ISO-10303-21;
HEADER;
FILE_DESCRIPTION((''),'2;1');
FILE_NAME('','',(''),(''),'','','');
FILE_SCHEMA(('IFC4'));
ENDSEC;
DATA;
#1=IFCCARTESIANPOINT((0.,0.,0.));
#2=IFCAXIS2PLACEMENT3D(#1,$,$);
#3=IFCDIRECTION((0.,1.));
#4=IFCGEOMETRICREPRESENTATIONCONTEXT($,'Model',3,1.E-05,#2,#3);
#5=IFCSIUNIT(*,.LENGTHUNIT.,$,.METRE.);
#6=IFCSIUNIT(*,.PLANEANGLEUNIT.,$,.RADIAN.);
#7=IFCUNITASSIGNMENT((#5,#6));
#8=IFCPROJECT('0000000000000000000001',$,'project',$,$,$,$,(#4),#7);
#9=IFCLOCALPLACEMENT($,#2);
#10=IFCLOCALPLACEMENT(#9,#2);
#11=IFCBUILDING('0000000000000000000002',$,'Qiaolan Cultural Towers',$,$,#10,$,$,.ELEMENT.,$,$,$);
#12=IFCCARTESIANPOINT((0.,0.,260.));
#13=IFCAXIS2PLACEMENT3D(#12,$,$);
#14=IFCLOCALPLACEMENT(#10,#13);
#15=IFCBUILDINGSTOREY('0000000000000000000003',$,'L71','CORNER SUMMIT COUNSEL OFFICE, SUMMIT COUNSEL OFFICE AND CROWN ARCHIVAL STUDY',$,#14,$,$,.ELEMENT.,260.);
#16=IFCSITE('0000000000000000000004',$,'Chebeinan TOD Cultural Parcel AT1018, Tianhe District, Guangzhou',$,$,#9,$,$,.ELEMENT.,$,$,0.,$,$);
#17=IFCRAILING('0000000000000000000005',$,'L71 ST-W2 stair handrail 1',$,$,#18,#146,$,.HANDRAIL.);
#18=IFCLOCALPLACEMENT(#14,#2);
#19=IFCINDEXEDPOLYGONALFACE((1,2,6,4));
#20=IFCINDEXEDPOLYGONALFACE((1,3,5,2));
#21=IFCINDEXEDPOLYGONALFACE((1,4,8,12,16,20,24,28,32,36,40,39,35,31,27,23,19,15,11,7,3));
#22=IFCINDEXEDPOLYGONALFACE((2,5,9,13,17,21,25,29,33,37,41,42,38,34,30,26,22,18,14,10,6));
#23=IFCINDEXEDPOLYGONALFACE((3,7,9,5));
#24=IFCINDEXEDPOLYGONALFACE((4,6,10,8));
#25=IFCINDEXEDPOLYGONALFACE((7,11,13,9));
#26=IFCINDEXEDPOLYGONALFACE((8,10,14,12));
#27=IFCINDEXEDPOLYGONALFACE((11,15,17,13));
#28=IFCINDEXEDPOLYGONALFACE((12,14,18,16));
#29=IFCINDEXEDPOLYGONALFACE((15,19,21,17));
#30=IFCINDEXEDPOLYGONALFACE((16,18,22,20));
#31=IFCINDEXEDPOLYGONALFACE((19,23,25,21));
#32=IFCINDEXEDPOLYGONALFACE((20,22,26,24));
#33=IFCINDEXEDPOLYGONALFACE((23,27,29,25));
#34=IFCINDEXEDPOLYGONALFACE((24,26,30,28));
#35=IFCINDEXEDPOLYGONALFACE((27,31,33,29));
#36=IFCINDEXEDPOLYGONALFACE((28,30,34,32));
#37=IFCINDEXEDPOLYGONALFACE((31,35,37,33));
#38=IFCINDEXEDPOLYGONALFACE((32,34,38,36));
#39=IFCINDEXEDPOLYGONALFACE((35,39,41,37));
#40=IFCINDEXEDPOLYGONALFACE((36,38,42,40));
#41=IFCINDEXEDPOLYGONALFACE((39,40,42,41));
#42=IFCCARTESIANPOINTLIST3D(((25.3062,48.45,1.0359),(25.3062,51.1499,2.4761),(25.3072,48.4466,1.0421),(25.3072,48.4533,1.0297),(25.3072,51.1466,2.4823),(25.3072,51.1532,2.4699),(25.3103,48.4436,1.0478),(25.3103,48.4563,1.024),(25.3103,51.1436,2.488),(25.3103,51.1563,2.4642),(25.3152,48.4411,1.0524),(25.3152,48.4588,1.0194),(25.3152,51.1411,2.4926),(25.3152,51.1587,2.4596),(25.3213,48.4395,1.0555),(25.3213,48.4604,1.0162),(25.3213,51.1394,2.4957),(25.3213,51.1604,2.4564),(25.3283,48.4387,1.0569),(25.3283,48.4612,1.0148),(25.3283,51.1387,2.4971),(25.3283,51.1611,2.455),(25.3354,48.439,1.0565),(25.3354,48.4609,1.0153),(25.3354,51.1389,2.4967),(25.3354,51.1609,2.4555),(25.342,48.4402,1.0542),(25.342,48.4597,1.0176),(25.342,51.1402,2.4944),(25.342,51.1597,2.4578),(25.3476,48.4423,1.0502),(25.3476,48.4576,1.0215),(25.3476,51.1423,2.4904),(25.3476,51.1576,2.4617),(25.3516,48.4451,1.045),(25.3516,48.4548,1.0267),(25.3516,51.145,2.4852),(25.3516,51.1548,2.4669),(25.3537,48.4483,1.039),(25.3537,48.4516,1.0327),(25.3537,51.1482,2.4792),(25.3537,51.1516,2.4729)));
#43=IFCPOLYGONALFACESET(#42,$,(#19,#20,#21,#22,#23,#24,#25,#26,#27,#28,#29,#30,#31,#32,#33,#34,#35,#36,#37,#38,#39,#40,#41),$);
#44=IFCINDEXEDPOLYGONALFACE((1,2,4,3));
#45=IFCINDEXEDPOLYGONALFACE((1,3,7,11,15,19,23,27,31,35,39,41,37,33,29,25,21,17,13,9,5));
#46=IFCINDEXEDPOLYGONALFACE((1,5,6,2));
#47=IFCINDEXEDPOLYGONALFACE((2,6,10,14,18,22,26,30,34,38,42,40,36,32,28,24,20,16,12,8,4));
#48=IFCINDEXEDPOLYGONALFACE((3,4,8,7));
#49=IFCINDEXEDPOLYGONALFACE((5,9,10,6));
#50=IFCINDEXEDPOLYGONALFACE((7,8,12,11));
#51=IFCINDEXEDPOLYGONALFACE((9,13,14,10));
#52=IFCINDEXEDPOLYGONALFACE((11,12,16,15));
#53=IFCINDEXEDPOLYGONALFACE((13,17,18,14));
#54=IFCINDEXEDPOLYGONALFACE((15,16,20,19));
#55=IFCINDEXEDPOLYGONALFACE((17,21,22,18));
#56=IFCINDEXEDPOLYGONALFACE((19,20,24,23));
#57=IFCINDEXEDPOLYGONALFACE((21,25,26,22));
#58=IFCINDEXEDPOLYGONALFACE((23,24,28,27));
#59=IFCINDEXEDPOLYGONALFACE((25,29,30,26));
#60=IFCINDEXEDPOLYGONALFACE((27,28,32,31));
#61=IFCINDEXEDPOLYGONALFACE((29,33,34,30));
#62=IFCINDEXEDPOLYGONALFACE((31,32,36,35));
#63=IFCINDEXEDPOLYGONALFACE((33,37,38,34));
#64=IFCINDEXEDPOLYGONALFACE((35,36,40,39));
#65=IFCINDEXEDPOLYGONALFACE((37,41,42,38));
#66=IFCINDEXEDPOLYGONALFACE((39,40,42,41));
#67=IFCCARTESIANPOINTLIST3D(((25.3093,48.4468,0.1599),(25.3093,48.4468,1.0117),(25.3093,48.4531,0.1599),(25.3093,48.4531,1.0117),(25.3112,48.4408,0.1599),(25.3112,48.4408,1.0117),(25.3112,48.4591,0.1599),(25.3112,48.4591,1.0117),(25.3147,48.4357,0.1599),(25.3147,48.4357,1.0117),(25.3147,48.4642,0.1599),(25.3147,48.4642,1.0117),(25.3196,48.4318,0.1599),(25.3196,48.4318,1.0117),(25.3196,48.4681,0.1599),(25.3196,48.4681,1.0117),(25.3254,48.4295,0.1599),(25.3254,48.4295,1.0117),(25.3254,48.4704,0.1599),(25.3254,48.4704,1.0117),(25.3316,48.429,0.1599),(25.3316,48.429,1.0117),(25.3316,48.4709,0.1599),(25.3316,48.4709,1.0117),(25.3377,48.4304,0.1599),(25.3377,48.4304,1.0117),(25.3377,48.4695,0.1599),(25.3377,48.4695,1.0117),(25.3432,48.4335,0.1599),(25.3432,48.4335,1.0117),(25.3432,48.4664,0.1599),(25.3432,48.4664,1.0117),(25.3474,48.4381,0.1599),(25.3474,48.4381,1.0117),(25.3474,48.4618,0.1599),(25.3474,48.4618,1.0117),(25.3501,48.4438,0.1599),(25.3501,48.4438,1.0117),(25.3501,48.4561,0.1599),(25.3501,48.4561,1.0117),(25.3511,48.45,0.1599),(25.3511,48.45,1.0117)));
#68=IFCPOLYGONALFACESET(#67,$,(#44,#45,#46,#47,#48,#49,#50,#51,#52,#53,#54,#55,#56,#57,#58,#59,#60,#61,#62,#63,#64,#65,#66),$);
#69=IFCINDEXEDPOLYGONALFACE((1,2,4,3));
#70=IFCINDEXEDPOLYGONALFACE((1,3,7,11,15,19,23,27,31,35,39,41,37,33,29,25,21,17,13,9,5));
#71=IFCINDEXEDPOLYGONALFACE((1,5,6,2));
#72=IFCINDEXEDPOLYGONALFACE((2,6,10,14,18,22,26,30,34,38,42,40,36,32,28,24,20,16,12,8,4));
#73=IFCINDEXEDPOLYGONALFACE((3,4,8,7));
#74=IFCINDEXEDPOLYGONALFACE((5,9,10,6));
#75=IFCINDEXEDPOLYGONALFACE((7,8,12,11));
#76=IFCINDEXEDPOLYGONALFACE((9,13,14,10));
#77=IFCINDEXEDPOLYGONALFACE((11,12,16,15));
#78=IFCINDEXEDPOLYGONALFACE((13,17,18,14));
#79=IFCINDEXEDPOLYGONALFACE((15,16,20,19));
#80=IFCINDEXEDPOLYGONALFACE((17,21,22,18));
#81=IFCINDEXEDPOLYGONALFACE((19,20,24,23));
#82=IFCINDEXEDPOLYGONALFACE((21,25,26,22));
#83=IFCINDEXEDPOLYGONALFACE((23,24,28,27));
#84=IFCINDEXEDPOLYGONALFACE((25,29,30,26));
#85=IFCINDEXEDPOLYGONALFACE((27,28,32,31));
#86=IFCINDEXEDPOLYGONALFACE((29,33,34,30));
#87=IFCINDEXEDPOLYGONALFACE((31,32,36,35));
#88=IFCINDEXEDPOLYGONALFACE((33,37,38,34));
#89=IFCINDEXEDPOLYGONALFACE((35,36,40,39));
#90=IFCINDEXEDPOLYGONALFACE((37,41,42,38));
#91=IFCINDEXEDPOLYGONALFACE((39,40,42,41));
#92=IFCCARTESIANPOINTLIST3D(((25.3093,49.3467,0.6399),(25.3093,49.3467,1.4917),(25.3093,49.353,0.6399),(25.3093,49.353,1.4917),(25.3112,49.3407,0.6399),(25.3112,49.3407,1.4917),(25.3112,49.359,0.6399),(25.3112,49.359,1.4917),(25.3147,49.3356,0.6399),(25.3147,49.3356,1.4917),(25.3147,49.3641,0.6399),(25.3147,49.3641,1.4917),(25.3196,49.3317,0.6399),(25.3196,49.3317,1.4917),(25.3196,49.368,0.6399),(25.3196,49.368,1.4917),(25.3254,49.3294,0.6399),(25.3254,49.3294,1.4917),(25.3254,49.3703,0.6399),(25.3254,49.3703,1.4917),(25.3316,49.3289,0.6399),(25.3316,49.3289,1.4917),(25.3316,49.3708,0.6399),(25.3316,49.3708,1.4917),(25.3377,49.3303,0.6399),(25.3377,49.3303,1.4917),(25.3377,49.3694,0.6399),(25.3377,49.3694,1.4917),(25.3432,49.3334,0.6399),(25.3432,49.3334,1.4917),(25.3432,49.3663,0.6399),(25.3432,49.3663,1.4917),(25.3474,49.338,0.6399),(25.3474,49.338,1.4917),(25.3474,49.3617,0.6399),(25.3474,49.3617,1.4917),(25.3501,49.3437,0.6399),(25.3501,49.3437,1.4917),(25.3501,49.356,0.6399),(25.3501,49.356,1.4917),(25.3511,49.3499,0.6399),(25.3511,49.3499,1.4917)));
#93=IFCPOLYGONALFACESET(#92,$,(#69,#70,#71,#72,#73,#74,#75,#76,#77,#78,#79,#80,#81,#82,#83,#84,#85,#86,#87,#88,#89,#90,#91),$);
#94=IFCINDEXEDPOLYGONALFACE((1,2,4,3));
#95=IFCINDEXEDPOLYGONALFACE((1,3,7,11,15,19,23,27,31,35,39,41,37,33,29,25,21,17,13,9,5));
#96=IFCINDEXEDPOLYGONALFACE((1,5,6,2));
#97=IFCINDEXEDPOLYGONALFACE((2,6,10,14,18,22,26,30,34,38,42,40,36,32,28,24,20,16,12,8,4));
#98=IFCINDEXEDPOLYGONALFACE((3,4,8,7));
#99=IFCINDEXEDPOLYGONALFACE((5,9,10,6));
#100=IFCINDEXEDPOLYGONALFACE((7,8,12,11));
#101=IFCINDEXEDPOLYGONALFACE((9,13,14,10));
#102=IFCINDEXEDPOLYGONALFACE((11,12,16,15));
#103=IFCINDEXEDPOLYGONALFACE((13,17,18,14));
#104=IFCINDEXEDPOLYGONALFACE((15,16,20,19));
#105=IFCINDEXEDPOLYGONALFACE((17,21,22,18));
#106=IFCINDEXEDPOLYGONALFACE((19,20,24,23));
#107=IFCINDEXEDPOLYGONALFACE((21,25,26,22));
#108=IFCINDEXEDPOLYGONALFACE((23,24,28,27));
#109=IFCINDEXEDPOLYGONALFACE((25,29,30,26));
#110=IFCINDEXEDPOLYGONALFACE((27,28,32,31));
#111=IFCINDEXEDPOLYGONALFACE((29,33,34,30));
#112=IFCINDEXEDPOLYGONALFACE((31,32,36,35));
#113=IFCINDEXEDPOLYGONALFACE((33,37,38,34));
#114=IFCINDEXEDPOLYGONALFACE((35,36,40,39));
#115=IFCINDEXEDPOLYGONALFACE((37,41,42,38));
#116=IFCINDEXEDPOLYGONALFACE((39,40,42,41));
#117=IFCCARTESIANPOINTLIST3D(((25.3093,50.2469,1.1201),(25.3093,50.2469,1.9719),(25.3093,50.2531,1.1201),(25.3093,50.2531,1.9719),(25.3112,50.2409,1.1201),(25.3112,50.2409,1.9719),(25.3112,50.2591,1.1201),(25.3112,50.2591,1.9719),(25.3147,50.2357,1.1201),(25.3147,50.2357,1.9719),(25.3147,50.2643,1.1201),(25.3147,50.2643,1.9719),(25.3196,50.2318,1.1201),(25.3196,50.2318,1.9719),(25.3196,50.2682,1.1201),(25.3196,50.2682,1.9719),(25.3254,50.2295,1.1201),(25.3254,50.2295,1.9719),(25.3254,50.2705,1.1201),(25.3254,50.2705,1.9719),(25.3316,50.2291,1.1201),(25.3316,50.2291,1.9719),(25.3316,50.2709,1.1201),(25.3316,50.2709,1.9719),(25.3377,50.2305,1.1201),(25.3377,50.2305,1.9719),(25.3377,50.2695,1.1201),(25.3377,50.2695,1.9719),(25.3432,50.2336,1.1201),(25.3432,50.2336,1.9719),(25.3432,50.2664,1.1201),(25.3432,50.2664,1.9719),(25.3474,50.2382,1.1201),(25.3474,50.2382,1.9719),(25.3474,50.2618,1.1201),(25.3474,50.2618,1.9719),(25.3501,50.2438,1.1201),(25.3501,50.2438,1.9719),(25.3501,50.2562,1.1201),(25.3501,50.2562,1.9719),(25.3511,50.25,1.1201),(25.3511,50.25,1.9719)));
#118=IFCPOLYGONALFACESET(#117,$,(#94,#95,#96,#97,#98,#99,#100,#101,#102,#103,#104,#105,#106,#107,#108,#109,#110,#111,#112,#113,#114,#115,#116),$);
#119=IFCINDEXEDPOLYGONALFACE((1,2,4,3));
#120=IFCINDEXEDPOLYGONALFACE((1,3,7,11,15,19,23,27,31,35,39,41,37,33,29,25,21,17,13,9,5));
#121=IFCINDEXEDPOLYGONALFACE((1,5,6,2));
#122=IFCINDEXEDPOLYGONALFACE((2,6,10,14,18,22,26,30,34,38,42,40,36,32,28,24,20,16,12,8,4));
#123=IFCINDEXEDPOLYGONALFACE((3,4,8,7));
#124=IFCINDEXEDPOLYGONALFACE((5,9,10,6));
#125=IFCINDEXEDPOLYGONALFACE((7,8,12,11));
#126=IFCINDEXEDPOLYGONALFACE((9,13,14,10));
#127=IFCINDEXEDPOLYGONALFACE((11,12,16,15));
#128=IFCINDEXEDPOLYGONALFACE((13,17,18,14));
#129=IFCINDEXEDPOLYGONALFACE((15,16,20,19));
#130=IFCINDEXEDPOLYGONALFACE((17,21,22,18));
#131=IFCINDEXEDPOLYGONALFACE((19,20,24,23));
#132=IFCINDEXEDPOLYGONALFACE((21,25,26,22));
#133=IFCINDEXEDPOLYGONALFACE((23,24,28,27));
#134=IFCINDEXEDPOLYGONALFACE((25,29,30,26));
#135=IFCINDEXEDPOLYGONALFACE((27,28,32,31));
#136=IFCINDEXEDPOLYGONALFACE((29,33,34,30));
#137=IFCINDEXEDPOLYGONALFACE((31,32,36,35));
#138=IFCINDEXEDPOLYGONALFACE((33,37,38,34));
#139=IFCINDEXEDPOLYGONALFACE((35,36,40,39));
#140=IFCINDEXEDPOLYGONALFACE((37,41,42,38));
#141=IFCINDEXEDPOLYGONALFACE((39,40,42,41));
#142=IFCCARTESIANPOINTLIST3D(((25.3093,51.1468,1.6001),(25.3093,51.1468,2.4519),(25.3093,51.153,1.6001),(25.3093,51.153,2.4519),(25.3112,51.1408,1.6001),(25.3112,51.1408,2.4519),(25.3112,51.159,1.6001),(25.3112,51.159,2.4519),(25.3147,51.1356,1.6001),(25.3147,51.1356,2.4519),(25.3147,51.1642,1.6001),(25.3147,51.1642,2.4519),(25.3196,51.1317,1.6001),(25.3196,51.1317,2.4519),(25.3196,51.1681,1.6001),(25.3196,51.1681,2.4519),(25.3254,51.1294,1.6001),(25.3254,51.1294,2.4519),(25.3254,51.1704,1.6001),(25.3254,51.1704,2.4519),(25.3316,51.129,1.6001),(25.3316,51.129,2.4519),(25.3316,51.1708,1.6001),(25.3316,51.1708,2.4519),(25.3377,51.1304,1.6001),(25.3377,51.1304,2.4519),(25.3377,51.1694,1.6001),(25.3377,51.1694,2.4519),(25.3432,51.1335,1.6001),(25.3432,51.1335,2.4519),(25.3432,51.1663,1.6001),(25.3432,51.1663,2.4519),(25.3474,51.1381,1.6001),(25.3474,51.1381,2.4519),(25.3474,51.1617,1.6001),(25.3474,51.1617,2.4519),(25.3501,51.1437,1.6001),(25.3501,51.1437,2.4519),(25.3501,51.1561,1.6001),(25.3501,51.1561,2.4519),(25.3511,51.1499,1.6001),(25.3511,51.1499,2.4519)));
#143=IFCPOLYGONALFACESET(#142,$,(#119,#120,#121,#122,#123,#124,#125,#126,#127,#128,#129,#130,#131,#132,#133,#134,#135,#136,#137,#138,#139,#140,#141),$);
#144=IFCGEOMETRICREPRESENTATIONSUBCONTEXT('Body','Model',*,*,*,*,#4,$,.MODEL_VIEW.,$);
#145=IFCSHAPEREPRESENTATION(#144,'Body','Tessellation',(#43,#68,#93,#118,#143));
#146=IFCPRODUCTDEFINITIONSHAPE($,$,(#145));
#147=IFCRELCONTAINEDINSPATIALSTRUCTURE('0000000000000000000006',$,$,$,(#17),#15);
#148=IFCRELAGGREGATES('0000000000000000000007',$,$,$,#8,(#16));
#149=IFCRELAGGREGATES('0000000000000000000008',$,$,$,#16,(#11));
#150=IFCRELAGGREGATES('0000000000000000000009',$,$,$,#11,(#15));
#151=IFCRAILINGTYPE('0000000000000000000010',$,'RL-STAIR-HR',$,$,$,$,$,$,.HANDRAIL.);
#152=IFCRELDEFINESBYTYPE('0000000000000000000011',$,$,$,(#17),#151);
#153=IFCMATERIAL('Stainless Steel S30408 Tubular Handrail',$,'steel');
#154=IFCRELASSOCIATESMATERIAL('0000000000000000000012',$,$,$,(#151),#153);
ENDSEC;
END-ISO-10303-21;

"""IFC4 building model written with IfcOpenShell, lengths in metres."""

from ifc_helpers import new_model, si_unit, direction, frame, origin, origin_2d, place, context, subcontext, project, spatial, circle, extrude, material, type_object, element, save


model = new_model("IFC4")

# Units and contexts
model_context = context("Model", 3, precision=1e-05, world=origin(), true_north=direction((0.0, 1.0)))
body_context = subcontext(model_context, "Body", "Model", "MODEL_VIEW")
ifc_project = project(units=[si_unit("LENGTHUNIT", "METRE"), si_unit("PLANEANGLEUNIT", "RADIAN")], contexts=[model_context])

# Site, building, storey
site_placement = place(None, origin())
site = spatial("IfcSite", under=ifc_project, at=site_placement, Name="Chebeinan TOD Cultural Parcel AT1018, Tianhe District, Guangzhou", CompositionType="ELEMENT", RefElevation=0.0)
building_placement = place(site_placement, origin())
building = spatial("IfcBuilding", under=site, at=building_placement, Name="Qiaolan Cultural Towers", CompositionType="ELEMENT")
storey_placement = place(building_placement, frame((0.0, 0.0, 260.0)))
storey = spatial("IfcBuildingStorey", under=building, at=storey_placement, Name="L71", Description="CORNER SUMMIT COUNSEL OFFICE, SUMMIT COUNSEL OFFICE AND CROWN ARCHIVAL STUDY", CompositionType="ELEMENT", Elevation=260.0)

# Railing
ifc_material_1 = material(Name="Stainless Steel S30408 Tubular Handrail", Category="steel")
railing_type_1 = type_object("IfcRailingType", Name="RL-STAIR-HR", PredefinedType="HANDRAIL", material=ifc_material_1)
railing_1_placement = place(storey_placement, frame((25.3301, 48.45, 0.1599)))
element("IfcRailing", 1, at=railing_1_placement, inside=storey, type_object=railing_type_1, Name="L71 ST-W2 stair handrail 1", PredefinedType="HANDRAIL", context=body_context, shape_type="SweptSolid", body=[
    extrude(circle(Radius=0.0239, at=origin_2d()), frame((0.0, 0.0, 0.876), z_axis=(0.0, 0.882324, 0.470642), x_axis=(-1.0, 0.0, 0.0)), (0.0, 0.0, 1.0), 3.0601),
    extrude(circle(Radius=0.021, at=origin_2d()), origin(), (0.0, 0.0, 1.0), 0.8518),
    extrude(circle(Radius=0.021, at=origin_2d()), frame((0.0, 0.8999, 0.48)), (0.0, 0.0, 1.0), 0.8518),
    extrude(circle(Radius=0.021, at=origin_2d()), frame((0.0, 1.8, 0.9602)), (0.0, 0.0, 1.0), 0.8518),
    extrude(circle(Radius=0.021, at=origin_2d()), frame((0.0, 2.7, 1.4402)), (0.0, 0.0, 1.0), 0.8518),
])

save(model, "model.ifc")
